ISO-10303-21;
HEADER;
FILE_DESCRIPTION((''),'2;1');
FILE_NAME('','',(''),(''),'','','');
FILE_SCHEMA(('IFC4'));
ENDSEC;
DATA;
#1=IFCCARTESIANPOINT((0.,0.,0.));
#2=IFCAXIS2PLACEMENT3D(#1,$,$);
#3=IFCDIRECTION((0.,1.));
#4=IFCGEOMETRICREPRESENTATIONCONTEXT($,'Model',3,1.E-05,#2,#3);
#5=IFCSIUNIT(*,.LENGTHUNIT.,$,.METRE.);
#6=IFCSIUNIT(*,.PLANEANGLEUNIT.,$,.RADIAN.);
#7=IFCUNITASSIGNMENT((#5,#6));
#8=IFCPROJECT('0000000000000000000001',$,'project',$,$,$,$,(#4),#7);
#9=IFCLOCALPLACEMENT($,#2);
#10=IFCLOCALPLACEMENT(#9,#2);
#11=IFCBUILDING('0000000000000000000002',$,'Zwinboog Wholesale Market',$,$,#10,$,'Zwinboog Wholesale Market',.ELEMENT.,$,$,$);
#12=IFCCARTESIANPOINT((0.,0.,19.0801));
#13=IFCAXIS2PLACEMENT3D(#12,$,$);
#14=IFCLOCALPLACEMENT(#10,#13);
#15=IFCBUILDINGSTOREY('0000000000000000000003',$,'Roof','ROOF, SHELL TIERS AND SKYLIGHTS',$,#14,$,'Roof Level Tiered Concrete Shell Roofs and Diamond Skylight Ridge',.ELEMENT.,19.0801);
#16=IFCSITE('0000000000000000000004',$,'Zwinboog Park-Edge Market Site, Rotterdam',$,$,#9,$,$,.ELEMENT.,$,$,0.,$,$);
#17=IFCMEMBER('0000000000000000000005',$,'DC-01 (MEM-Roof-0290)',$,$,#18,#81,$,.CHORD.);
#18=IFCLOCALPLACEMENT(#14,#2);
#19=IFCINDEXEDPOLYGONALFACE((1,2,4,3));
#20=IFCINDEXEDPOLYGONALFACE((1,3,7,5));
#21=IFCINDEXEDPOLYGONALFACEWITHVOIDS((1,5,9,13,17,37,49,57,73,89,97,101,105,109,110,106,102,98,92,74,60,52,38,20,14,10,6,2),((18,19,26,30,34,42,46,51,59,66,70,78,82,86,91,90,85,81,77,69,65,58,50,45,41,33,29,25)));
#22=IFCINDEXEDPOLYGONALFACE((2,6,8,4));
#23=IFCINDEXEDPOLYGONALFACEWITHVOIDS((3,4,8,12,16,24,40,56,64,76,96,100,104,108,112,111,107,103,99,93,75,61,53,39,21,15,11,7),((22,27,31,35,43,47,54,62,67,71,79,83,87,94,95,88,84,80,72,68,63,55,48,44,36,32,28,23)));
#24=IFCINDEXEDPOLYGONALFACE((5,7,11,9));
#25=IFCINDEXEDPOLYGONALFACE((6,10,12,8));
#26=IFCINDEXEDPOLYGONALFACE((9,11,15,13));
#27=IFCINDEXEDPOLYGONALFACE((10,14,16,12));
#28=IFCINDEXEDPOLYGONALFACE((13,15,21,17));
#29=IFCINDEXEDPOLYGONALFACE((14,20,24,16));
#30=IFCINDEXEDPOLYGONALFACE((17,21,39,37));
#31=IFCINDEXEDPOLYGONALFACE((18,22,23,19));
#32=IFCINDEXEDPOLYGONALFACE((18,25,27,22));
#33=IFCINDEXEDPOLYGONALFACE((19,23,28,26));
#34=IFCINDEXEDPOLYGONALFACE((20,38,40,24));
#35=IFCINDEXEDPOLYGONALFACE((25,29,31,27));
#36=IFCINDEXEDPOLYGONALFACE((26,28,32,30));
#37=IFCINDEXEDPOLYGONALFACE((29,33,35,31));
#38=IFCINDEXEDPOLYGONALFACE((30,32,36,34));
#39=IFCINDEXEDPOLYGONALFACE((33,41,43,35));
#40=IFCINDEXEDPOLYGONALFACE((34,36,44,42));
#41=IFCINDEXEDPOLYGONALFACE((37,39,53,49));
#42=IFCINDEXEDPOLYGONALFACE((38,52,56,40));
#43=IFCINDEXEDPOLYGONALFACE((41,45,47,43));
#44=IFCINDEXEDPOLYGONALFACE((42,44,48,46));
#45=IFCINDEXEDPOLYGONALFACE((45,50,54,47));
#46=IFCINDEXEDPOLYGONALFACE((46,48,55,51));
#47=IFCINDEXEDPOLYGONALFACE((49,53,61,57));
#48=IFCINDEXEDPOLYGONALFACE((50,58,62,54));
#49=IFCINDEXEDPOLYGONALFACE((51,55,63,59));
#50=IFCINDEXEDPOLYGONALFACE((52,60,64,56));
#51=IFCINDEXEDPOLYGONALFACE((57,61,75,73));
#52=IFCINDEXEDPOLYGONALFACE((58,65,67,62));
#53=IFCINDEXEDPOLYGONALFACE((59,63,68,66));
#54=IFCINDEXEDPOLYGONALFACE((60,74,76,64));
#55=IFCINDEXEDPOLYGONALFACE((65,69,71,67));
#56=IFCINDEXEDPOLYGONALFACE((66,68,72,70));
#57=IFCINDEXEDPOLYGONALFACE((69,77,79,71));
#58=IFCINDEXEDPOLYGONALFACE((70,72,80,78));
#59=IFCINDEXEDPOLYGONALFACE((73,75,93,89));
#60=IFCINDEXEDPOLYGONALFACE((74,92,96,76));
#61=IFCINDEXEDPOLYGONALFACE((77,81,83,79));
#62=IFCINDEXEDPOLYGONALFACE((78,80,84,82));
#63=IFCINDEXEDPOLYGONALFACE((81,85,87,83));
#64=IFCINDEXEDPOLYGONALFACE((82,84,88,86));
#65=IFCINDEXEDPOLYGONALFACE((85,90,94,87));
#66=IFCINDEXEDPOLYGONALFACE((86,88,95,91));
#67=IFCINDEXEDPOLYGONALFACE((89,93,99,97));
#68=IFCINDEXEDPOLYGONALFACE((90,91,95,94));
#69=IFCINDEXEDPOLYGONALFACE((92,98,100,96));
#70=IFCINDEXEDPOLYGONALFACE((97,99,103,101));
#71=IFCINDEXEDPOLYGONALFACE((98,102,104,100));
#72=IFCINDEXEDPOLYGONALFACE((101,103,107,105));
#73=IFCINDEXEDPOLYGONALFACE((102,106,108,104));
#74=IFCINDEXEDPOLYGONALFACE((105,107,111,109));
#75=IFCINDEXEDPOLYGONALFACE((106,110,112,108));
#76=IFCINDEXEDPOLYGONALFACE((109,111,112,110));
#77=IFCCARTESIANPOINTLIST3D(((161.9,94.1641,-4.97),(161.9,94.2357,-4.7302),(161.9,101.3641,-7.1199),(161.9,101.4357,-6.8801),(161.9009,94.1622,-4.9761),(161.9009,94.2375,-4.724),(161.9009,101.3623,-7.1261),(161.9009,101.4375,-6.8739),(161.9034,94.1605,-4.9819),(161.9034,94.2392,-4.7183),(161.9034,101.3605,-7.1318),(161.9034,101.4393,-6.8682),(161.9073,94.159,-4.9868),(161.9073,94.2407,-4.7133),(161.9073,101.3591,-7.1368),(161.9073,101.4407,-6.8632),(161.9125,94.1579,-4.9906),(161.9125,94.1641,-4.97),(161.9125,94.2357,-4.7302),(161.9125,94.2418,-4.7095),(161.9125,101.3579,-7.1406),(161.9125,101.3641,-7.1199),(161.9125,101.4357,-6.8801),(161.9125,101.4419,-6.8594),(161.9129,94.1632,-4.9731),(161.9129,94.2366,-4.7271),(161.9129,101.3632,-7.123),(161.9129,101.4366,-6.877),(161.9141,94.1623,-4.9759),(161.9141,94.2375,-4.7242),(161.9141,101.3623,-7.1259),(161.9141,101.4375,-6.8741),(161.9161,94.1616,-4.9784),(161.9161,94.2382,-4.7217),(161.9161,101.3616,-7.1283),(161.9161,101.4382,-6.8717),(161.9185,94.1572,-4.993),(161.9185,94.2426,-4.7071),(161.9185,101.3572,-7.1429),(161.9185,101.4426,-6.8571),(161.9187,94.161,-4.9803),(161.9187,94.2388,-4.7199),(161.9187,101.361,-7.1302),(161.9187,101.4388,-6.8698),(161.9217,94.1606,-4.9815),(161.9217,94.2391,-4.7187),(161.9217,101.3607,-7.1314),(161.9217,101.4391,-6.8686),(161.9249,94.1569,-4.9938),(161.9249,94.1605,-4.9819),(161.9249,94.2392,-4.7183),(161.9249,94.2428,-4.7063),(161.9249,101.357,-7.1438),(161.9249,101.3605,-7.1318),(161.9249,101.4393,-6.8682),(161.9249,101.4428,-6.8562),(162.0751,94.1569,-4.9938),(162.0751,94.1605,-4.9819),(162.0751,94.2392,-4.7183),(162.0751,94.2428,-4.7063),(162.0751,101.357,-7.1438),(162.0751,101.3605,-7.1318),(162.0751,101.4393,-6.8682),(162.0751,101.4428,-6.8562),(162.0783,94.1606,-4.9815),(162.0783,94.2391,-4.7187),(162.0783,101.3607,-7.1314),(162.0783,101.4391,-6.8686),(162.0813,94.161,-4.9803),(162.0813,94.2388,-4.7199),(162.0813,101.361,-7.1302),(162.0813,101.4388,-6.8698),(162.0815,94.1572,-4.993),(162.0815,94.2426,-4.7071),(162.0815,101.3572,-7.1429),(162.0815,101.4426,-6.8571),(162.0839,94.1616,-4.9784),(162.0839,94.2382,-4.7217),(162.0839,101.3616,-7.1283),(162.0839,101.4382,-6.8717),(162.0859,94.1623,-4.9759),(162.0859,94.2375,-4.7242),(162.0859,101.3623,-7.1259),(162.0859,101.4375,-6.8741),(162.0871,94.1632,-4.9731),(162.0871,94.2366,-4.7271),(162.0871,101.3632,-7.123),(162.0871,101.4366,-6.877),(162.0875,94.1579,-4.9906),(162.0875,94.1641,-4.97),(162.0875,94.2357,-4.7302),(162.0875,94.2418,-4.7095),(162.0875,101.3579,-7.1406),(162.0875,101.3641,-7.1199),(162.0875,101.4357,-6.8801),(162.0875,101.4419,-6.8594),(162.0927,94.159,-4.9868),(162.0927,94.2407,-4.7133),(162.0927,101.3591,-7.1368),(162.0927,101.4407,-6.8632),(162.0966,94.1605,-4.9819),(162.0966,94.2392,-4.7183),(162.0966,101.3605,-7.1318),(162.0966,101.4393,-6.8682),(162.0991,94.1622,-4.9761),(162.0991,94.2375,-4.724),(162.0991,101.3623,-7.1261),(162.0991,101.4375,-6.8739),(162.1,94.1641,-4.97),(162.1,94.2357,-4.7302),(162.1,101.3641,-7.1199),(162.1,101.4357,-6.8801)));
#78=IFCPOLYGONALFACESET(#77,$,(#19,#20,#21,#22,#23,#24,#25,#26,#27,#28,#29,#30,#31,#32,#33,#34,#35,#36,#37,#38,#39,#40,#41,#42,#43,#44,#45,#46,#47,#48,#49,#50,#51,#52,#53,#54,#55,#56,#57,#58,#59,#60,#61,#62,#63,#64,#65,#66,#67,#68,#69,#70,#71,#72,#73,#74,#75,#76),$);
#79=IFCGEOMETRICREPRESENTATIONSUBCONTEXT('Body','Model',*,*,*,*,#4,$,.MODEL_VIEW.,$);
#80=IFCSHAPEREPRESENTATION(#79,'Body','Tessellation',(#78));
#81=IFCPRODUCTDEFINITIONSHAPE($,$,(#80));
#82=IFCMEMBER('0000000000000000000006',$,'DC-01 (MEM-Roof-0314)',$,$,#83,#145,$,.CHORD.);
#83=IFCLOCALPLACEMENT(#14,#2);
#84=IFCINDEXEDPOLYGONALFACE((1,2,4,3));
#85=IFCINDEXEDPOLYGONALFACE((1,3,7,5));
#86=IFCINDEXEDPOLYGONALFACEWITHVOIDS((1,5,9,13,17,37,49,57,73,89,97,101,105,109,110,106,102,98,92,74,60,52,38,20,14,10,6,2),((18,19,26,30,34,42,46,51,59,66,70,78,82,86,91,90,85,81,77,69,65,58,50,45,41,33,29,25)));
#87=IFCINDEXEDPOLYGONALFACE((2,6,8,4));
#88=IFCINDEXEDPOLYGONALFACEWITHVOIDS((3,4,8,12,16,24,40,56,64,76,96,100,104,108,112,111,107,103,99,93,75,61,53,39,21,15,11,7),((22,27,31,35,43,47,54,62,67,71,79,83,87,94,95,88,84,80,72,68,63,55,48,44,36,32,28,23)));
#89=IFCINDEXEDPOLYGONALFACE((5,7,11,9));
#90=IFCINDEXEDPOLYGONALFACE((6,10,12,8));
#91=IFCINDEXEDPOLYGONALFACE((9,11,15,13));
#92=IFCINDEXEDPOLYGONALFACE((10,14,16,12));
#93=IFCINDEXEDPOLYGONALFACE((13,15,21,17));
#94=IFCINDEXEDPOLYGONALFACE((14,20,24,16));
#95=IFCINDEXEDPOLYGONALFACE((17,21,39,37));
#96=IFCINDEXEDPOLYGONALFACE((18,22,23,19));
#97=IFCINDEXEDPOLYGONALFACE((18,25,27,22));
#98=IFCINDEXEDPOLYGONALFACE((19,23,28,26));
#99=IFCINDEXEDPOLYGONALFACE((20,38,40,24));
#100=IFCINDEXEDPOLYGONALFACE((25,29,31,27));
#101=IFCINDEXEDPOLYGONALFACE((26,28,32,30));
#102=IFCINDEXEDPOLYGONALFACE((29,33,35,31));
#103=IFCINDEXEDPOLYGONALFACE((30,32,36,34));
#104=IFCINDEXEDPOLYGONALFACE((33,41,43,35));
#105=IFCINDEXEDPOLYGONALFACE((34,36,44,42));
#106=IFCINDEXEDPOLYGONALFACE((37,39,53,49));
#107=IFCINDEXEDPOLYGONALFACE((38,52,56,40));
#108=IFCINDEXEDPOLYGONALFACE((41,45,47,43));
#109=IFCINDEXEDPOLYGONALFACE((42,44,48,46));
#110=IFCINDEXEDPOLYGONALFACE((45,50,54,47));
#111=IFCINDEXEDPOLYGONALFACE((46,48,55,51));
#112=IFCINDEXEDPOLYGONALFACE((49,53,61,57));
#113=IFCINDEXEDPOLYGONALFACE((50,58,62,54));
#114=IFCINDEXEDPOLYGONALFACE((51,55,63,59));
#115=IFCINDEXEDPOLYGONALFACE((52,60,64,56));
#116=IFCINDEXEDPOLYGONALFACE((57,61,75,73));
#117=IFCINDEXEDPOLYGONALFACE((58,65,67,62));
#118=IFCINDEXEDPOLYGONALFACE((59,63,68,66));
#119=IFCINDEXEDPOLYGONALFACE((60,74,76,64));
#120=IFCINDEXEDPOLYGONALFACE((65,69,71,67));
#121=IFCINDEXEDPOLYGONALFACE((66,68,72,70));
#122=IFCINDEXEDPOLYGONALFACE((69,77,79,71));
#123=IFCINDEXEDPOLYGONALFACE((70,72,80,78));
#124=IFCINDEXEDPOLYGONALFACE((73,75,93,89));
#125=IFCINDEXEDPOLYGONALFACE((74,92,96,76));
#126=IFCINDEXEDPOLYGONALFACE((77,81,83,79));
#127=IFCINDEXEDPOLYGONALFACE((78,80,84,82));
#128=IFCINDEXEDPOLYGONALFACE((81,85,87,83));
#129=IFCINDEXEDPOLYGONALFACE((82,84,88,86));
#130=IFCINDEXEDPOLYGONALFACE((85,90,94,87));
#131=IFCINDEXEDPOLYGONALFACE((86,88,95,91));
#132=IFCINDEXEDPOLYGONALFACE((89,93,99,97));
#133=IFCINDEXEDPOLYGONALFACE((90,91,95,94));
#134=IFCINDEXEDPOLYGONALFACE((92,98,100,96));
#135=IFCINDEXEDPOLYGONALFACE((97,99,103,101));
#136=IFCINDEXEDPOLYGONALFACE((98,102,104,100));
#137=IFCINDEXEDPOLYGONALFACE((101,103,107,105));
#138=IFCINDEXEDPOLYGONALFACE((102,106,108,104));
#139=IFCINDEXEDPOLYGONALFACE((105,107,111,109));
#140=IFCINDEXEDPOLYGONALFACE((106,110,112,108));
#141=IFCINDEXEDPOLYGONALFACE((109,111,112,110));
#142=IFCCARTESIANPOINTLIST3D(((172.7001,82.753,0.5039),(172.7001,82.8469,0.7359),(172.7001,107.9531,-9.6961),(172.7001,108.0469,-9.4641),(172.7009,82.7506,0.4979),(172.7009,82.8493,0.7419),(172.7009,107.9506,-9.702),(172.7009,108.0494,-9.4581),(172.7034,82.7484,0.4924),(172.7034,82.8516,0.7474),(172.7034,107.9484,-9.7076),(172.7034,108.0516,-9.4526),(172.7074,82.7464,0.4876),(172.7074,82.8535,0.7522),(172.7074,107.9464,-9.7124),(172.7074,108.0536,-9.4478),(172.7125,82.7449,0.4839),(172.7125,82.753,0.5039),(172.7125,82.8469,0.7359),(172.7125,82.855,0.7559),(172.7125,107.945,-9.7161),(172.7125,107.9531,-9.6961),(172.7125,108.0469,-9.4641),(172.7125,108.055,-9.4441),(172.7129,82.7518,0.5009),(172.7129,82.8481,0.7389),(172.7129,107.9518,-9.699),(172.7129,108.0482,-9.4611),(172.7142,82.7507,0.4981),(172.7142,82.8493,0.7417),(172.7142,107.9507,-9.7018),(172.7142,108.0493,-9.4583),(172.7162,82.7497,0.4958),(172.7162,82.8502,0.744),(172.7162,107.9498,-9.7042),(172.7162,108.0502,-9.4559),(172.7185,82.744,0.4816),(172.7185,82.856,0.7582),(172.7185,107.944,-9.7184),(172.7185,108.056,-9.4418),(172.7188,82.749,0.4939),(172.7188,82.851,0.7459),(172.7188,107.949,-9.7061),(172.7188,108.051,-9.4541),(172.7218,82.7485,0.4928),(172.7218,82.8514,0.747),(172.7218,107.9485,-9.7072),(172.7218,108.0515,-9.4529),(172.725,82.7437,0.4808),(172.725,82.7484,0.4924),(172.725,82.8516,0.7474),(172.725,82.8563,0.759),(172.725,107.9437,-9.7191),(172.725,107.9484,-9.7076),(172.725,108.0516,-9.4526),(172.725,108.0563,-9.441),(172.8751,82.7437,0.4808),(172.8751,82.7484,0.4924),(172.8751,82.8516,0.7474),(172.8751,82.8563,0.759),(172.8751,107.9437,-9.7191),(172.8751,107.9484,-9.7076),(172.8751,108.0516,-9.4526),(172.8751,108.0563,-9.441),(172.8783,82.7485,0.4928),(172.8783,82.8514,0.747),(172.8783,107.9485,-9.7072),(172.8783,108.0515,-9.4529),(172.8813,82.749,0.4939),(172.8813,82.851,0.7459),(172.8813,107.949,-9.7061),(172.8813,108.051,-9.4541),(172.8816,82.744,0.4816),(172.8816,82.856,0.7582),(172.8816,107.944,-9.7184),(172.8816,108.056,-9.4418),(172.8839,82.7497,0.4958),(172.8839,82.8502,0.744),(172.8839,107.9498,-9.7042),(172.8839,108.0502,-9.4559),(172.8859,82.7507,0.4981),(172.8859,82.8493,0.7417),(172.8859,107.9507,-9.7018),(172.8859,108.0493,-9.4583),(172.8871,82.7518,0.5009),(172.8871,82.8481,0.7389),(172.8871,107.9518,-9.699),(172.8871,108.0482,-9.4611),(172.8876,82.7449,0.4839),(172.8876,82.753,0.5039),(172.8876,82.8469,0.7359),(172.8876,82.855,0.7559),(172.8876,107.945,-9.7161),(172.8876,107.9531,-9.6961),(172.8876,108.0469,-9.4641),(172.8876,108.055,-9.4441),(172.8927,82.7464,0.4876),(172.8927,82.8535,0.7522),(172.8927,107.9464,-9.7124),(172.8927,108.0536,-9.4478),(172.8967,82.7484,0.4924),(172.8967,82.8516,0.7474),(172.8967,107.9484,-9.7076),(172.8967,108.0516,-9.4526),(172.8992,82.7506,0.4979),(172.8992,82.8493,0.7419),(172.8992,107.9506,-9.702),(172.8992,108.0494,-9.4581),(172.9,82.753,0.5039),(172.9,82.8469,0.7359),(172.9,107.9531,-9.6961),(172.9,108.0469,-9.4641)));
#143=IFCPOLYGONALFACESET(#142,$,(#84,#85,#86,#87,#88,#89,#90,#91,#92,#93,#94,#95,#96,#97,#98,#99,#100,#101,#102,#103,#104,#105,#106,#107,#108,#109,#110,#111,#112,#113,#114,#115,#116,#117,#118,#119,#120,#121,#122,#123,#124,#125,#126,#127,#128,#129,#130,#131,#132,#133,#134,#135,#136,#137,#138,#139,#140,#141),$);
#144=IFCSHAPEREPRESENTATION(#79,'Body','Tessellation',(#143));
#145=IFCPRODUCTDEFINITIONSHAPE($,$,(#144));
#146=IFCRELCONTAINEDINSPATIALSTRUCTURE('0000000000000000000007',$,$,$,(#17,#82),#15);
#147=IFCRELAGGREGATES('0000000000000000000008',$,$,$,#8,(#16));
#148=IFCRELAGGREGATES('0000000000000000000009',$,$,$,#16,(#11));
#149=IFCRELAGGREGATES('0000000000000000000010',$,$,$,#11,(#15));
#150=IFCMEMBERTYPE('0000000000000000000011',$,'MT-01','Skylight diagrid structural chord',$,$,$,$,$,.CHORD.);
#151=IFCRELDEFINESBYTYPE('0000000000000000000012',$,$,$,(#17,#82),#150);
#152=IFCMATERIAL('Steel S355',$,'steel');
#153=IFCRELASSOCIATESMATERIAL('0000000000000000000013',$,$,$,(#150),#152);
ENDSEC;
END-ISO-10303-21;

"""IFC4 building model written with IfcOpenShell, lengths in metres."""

from ifc_helpers import new_model, si_unit, direction, frame, origin, origin_2d, place, context, subcontext, project, spatial, hollow_rectangle, extrude, material, material_profile, profile_set, type_object, element, save


model = new_model("IFC4")

# Units and contexts
model_context = context("Model", 3, precision=1e-05, world=origin(), true_north=direction((0.0, 1.0)))
body_context = subcontext(model_context, "Body", "Model", "MODEL_VIEW")
ifc_project = project(units=[si_unit("LENGTHUNIT", "METRE"), si_unit("PLANEANGLEUNIT", "RADIAN")], contexts=[model_context])

# Site, building, storey
site_placement = place(None, origin())
site = spatial("IfcSite", under=ifc_project, at=site_placement, Name="Zwinboog Park-Edge Market Site, Rotterdam", CompositionType="ELEMENT", RefElevation=0.0)
building_placement = place(site_placement, origin())
building = spatial("IfcBuilding", under=site, at=building_placement, Name="Zwinboog Wholesale Market", LongName="Zwinboog Wholesale Market", CompositionType="ELEMENT")
storey_placement = place(building_placement, frame((0.0, 0.0, 19.0801)))
storey = spatial("IfcBuildingStorey", under=building, at=storey_placement, Name="Roof", Description="ROOF, SHELL TIERS AND SKYLIGHTS", LongName="Roof Level Tiered Concrete Shell Roofs and Diamond Skylight Ridge", CompositionType="ELEMENT", Elevation=19.0801)

# Members
ifc_material_1 = material(Name="Steel S355", Category="steel")
ifc_material_profile_1 = material_profile(ifc_material_1, hollow_rectangle(XDim=0.2, YDim=0.3, WallThickness=0.0125, InnerFilletRadius=0.0125, OuterFilletRadius=0.0249, at=origin_2d()), Name="RHS 300x200x12.5")
ifc_profile_set_1 = profile_set([ifc_material_profile_1], Name="Steel S355")
member_type_1 = type_object("IfcMemberType", Name="MT-01", Description="Skylight diagrid structural chord", PredefinedType="CHORD", material=ifc_profile_set_1)
for number, where, z_axis, x_axis, name in (
    (1, (162.0, 101.3999, -7.0), (0.0, -0.958195, 0.286117), (1.0, 0.0, 0.0), "DC-01 (MEM-Roof-0290)"),
):
    element("IfcMember", number, at=place(storey_placement, frame(where, z_axis=z_axis, x_axis=x_axis)), inside=storey, type_object=member_type_1, Name=name, PredefinedType="CHORD", context=body_context, shape_type="SweptSolid", body=[
        extrude(hollow_rectangle(XDim=0.2, YDim=0.3, WallThickness=0.0125, InnerFilletRadius=0.0125, OuterFilletRadius=0.0249, at=origin_2d()), origin(), (0.0, 0.0, 1.0), 7.5142),
    ])
member_1_placement = place(storey_placement, frame((172.8, 108.0, -9.5801), z_axis=(0.0, -0.926947, 0.375192), x_axis=(1.0, 0.0, 0.0)))
element("IfcMember", 2, at=member_1_placement, inside=storey, type_object=member_type_1, Name="DC-01 (MEM-Roof-0314)", PredefinedType="CHORD", context=body_context, shape_type="SweptSolid", body=[
    extrude(hollow_rectangle(XDim=0.2, YDim=0.3, WallThickness=0.0125, InnerFilletRadius=0.0125, OuterFilletRadius=0.0249, at=origin_2d()), origin(), (0.0, 0.0, 1.0), 27.186),
])

save(model, "model.ifc")
